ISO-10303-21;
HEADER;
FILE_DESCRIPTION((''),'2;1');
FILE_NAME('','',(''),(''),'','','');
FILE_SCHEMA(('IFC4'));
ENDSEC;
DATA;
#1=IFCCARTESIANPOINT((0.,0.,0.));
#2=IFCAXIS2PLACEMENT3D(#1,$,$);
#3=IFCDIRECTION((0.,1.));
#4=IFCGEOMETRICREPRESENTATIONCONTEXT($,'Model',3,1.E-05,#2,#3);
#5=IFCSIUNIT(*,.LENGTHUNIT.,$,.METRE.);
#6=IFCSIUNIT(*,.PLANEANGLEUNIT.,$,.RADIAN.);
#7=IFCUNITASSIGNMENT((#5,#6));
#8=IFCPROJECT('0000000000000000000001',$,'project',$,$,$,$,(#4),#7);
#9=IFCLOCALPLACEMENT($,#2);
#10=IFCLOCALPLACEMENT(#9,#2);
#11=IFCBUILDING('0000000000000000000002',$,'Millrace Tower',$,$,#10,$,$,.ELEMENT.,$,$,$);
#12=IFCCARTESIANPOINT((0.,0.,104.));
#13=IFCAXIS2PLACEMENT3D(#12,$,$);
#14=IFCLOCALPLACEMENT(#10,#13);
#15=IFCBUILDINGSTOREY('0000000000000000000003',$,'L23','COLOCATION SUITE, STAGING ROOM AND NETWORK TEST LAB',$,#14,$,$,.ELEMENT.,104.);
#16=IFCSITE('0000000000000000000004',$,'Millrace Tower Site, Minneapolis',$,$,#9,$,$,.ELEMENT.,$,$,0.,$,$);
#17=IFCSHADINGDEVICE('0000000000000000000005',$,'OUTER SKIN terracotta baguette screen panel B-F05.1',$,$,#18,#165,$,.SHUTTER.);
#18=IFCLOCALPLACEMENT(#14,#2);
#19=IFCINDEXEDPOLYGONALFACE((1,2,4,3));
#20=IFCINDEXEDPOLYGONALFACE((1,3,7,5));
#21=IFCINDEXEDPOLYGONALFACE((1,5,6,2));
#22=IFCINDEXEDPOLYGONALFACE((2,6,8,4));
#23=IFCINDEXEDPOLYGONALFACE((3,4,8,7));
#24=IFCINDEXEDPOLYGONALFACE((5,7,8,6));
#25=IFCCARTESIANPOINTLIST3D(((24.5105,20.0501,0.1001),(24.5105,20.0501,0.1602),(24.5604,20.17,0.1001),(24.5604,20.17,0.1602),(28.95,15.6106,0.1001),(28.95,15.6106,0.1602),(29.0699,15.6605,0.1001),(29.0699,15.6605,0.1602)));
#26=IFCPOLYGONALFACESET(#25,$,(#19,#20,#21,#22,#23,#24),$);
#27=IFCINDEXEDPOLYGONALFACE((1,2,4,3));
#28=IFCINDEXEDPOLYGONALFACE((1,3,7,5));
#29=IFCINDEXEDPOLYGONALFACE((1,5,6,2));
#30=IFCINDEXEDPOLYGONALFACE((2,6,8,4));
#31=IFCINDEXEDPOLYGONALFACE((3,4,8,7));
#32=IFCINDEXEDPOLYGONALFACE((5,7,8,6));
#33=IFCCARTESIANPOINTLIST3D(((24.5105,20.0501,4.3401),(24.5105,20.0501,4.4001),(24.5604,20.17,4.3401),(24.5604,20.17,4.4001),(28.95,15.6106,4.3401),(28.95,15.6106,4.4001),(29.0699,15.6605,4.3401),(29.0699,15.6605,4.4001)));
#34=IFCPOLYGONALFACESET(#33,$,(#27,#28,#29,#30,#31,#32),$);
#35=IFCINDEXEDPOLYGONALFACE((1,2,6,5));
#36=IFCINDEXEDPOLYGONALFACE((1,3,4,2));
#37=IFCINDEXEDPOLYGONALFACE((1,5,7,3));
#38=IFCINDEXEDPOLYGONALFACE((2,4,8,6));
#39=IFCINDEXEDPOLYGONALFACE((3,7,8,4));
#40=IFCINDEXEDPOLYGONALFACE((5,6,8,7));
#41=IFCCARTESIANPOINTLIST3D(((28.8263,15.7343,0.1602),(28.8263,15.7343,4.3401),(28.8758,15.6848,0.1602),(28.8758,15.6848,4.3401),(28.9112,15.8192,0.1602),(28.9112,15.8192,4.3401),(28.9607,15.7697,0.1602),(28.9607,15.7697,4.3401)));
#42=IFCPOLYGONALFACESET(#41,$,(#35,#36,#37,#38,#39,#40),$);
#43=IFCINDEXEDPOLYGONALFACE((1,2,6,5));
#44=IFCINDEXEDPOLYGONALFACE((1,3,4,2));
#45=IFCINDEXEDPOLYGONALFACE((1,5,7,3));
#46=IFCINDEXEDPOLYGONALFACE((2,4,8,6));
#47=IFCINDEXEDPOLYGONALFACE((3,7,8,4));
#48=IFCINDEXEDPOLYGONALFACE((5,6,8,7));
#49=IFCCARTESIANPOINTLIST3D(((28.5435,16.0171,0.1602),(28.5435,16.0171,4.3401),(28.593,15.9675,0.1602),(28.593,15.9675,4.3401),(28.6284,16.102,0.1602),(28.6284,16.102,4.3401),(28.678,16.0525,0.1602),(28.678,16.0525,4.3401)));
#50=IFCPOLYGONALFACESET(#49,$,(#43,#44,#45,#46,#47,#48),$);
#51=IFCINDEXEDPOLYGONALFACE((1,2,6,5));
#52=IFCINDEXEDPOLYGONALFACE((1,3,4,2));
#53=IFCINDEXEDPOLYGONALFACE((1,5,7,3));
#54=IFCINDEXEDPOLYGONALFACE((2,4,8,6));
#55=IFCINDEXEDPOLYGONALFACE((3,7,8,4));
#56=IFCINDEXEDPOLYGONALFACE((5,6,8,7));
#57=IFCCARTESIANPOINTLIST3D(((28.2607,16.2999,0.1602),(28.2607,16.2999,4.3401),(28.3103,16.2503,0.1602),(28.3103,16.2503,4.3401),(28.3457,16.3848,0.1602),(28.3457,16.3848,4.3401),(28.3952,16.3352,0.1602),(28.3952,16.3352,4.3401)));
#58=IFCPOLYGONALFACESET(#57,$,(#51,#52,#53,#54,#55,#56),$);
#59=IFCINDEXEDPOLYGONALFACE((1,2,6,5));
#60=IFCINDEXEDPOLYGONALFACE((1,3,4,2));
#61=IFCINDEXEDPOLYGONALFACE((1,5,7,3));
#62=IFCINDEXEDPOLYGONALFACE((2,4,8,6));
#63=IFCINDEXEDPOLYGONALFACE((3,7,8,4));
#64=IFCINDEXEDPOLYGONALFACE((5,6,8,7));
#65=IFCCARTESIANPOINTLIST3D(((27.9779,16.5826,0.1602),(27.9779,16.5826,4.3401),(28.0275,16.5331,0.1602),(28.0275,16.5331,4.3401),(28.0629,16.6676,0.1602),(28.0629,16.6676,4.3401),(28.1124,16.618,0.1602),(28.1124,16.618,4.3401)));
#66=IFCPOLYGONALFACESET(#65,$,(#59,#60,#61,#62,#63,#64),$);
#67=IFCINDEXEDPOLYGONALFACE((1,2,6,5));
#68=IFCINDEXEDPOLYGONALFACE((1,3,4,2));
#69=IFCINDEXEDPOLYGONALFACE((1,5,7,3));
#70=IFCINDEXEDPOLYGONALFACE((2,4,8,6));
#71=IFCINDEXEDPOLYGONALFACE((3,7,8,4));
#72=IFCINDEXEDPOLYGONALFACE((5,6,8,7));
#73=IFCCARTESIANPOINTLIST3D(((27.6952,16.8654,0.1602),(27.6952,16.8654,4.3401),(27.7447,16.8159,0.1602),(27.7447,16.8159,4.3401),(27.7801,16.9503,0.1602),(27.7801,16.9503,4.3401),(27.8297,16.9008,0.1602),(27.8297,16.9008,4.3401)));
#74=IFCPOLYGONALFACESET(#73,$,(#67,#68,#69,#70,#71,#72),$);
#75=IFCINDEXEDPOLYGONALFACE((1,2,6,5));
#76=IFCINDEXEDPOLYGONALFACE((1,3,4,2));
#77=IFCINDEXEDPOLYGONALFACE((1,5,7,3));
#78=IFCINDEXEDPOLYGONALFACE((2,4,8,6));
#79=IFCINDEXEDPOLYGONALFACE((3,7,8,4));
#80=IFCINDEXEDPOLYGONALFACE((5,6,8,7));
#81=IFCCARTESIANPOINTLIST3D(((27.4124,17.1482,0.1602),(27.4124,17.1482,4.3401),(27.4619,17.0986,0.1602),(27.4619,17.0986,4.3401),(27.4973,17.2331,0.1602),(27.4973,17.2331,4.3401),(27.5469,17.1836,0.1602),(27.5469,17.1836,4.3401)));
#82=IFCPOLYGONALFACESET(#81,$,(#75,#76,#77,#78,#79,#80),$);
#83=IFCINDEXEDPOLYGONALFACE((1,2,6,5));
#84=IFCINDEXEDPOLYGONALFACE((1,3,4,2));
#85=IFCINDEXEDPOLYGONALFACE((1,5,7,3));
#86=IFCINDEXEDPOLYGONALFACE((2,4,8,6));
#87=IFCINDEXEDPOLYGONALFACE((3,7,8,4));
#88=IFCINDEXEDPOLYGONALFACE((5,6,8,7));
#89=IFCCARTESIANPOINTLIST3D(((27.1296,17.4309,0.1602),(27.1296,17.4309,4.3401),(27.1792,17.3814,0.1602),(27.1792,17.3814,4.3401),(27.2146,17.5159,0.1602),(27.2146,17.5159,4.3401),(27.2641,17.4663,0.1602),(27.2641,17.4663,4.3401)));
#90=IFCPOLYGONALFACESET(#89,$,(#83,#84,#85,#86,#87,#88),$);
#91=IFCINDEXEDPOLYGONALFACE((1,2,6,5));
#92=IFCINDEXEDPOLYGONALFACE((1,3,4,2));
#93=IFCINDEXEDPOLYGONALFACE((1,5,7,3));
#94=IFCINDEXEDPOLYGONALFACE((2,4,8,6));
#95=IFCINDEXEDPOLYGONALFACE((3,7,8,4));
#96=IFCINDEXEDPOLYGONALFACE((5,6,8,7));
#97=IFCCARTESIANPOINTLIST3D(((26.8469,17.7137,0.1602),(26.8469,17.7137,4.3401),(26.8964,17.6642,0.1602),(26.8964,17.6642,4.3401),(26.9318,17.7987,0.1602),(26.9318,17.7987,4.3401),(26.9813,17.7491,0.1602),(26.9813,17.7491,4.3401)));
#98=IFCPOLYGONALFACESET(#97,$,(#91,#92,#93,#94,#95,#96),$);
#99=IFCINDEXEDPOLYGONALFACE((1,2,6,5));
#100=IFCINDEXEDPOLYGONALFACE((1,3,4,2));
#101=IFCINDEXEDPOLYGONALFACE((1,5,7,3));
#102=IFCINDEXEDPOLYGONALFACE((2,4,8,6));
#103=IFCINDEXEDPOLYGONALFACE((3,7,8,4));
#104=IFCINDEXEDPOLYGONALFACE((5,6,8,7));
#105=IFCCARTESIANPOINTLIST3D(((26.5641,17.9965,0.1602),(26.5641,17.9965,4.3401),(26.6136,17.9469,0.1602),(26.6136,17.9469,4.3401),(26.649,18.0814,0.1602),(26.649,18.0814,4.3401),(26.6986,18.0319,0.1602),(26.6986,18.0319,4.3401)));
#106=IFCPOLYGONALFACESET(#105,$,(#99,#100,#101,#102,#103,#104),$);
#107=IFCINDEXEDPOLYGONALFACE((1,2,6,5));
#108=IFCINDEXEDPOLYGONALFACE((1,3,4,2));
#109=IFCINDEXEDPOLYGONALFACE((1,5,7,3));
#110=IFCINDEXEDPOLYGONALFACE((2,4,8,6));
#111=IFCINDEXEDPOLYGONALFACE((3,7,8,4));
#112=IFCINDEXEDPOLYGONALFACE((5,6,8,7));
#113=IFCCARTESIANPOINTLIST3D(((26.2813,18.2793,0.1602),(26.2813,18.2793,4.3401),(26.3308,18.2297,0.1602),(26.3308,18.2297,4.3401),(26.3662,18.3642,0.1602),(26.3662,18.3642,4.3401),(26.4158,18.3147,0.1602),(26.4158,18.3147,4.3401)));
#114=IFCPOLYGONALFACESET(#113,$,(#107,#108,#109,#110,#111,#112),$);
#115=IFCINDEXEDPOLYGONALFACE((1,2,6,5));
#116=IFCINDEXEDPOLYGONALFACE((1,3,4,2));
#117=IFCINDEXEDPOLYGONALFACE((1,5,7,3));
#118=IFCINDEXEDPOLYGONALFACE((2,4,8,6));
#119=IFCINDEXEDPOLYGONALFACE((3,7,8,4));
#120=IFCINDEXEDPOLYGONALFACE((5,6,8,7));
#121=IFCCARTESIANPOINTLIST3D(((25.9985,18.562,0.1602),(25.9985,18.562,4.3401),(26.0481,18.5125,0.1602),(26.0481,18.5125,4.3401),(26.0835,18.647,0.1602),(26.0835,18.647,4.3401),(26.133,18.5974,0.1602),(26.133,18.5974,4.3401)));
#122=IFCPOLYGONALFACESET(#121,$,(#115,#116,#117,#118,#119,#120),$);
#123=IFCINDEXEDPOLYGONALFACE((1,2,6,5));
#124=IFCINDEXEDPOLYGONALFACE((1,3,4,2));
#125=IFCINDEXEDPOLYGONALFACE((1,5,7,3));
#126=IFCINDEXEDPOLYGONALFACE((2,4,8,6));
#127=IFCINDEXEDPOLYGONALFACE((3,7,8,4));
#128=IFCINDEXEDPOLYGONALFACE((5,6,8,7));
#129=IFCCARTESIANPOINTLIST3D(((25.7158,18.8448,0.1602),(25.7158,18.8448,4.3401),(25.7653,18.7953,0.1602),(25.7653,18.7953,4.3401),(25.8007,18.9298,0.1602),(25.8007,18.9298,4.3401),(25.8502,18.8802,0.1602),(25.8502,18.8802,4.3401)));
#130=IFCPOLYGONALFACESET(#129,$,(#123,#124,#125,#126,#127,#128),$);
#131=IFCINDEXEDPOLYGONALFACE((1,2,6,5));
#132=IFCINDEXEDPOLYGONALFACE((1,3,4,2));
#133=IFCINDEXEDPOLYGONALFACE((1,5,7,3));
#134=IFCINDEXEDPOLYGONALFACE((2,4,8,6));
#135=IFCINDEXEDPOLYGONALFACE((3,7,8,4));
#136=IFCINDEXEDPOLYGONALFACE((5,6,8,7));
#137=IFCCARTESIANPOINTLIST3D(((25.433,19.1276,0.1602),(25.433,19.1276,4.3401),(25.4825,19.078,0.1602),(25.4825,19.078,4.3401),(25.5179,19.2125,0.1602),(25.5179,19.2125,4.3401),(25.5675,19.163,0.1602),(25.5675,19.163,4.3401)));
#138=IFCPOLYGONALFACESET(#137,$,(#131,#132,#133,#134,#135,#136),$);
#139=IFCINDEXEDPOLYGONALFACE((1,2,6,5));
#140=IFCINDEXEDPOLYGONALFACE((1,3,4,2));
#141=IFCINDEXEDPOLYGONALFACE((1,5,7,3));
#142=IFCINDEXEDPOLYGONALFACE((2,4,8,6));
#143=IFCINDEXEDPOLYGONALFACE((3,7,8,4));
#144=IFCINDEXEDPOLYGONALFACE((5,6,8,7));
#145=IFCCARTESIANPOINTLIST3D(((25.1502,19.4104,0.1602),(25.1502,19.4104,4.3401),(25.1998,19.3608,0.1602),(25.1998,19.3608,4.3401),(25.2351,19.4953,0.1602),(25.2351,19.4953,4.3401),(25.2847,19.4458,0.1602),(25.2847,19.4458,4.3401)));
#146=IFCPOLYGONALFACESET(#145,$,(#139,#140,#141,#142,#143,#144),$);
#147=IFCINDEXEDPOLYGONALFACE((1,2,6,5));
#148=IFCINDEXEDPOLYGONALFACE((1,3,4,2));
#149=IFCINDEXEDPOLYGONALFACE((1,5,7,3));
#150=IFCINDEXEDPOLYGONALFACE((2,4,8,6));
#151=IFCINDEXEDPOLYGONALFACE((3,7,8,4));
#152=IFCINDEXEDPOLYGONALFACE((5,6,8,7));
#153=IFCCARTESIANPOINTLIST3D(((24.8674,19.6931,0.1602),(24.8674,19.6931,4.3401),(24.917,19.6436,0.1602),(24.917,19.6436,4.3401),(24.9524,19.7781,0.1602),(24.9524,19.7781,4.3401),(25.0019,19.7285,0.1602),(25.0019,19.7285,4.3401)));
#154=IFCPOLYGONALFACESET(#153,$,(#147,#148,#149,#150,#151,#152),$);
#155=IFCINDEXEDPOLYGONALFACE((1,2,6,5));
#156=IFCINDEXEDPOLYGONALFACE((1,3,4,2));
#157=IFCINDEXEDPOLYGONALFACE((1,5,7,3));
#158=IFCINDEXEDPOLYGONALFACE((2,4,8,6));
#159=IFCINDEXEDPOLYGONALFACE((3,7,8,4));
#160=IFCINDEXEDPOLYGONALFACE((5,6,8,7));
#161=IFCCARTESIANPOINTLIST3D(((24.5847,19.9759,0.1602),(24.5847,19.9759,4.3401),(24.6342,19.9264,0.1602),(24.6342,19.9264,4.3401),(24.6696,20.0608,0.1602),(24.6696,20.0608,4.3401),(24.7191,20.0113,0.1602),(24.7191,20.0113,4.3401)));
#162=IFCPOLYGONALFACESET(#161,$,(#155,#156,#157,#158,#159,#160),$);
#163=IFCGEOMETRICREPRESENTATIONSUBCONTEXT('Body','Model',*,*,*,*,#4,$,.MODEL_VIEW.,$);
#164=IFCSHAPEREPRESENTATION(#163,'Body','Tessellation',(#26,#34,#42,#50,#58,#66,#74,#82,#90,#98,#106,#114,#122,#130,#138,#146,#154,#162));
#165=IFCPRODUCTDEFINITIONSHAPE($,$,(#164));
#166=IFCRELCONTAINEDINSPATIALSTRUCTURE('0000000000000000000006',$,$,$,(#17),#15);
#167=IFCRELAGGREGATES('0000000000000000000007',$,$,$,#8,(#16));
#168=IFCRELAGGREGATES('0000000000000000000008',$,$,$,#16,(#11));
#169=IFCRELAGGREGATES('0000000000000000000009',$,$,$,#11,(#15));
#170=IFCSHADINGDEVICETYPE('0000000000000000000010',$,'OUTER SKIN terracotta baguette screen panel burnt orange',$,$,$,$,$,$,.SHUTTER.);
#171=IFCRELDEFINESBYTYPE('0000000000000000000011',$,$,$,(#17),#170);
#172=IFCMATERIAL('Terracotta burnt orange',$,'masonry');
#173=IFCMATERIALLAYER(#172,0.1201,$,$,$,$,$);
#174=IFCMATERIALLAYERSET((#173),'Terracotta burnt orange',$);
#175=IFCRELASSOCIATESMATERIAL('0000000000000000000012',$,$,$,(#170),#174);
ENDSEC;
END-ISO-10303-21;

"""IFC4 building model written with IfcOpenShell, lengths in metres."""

from ifc_helpers import new_model, entity, si_unit, direction, frame, frame_2d, origin, place, context, subcontext, project, spatial, rectangle, extrude, source, transform, mapped, material, layer, layer_set, type_object, element, save


model = new_model("IFC4")

# Units and contexts
model_context = context("Model", 3, precision=1e-05, world=origin(), true_north=direction((0.0, 1.0)))
body_context = subcontext(model_context, "Body", "Model", "MODEL_VIEW")
ifc_project = project(units=[si_unit("LENGTHUNIT", "METRE"), si_unit("PLANEANGLEUNIT", "RADIAN")], contexts=[model_context])

# Site, building, storey
site_placement = place(None, origin())
site = spatial("IfcSite", under=ifc_project, at=site_placement, Name="Millrace Tower Site, Minneapolis", CompositionType="ELEMENT", RefElevation=0.0)
building_placement = place(site_placement, origin())
building = spatial("IfcBuilding", under=site, at=building_placement, Name="Millrace Tower", CompositionType="ELEMENT")
storey_placement = place(building_placement, frame((0.0, 0.0, 104.0)))
storey = spatial("IfcBuildingStorey", under=building, at=storey_placement, Name="L23", Description="COLOCATION SUITE, STAGING ROOM AND NETWORK TEST LAB", CompositionType="ELEMENT", Elevation=104.0)

# Shading device
ifc_material_1 = material(Name="Terracotta burnt orange", Category="masonry")
ifc_layer_1 = layer(ifc_material_1, 0.1201)
ifc_layer_set_1 = layer_set([ifc_layer_1], Name="Terracotta burnt orange")
shading_device_type = type_object("IfcShadingDeviceType", Name="OUTER SKIN terracotta baguette screen panel burnt orange", PredefinedType="SHUTTER", material=ifc_layer_set_1)
cartesian_point_1 = entity("IfcCartesianPoint", [-3.1392, 0.0601])
shared_polyline_1 = entity("IfcPolyline", [cartesian_point_1, entity("IfcCartesianPoint", [3.1392, 0.0601]), entity("IfcCartesianPoint", [3.1887, -0.0601]), entity("IfcCartesianPoint", [-3.1887, -0.0601]), cartesian_point_1])
shared_shape_1 = source(origin(), body_context, "Body", "SweptSolid", [
    entity("IfcExtrudedAreaSolid", entity("IfcArbitraryClosedProfileDef", "AREA", None, shared_polyline_1), entity("IfcAxis2Placement3D", entity("IfcCartesianPoint", [0.0, 0.0, 0.0])), entity("IfcDirection", [0.0, 0.0, 1.0]), 0.0601),
    entity("IfcExtrudedAreaSolid", entity("IfcArbitraryClosedProfileDef", "AREA", None, shared_polyline_1), entity("IfcAxis2Placement3D", entity("IfcCartesianPoint", [0.0, 0.0, 4.24])), entity("IfcDirection", [0.0, 0.0, 1.0]), 0.0601),
    extrude(rectangle(XDim=0.0701, YDim=0.1201, at=frame_2d((-2.9993, 0.0))), frame((0.0, 0.0, 0.0601)), (0.0, 0.0, 1.0), 4.1799),
    extrude(rectangle(XDim=0.0701, YDim=0.1201, at=frame_2d((-2.5994, 0.0))), frame((0.0, 0.0, 0.0601)), (0.0, 0.0, 1.0), 4.1799),
    extrude(rectangle(XDim=0.0701, YDim=0.1201, at=frame_2d((-2.1995, 0.0))), frame((0.0, 0.0, 0.0601)), (0.0, 0.0, 1.0), 4.1799),
    extrude(rectangle(XDim=0.0701, YDim=0.1201, at=frame_2d((-1.7996, 0.0))), frame((0.0, 0.0, 0.0601)), (0.0, 0.0, 1.0), 4.1799),
    extrude(rectangle(XDim=0.0701, YDim=0.1201, at=frame_2d((-1.3997, 0.0))), frame((0.0, 0.0, 0.0601)), (0.0, 0.0, 1.0), 4.1799),
    extrude(rectangle(XDim=0.0701, YDim=0.1201, at=frame_2d((-0.9998, 0.0))), frame((0.0, 0.0, 0.0601)), (0.0, 0.0, 1.0), 4.1799),
    extrude(rectangle(XDim=0.0701, YDim=0.1201, at=frame_2d((-0.5999, 0.0))), frame((0.0, 0.0, 0.0601)), (0.0, 0.0, 1.0), 4.1799),
    extrude(rectangle(XDim=0.0701, YDim=0.1201, at=frame_2d((-0.2, 0.0))), frame((0.0, 0.0, 0.0601)), (0.0, 0.0, 1.0), 4.1799),
    extrude(rectangle(XDim=0.0701, YDim=0.1201, at=frame_2d((0.2, 0.0))), frame((0.0, 0.0, 0.0601)), (0.0, 0.0, 1.0), 4.1799),
    extrude(rectangle(XDim=0.0701, YDim=0.1201, at=frame_2d((0.5999, 0.0))), frame((0.0, 0.0, 0.0601)), (0.0, 0.0, 1.0), 4.1799),
    extrude(rectangle(XDim=0.0701, YDim=0.1201, at=frame_2d((0.9998, 0.0))), frame((0.0, 0.0, 0.0601)), (0.0, 0.0, 1.0), 4.1799),
    extrude(rectangle(XDim=0.0701, YDim=0.1201, at=frame_2d((1.3997, 0.0))), frame((0.0, 0.0, 0.0601)), (0.0, 0.0, 1.0), 4.1799),
    extrude(rectangle(XDim=0.0701, YDim=0.1201, at=frame_2d((1.7996, 0.0))), frame((0.0, 0.0, 0.0601)), (0.0, 0.0, 1.0), 4.1799),
    extrude(rectangle(XDim=0.0701, YDim=0.1201, at=frame_2d((2.1995, 0.0))), frame((0.0, 0.0, 0.0601)), (0.0, 0.0, 1.0), 4.1799),
    extrude(rectangle(XDim=0.0701, YDim=0.1201, at=frame_2d((2.5994, 0.0))), frame((0.0, 0.0, 0.0601)), (0.0, 0.0, 1.0), 4.1799),
    extrude(rectangle(XDim=0.0701, YDim=0.1201, at=frame_2d((2.9993, 0.0))), frame((0.0, 0.0, 0.0601)), (0.0, 0.0, 1.0), 4.1799),
])
shading_device_1_placement = place(storey_placement, frame((26.7727, 17.8728, 0.1001), z_axis=(0.0, 0.0, 1.0), x_axis=(-0.707107, 0.707107, 0.0)))
element("IfcShadingDevice", 1, at=shading_device_1_placement, inside=storey, type_object=shading_device_type, Name="OUTER SKIN terracotta baguette screen panel B-F05.1", PredefinedType="SHUTTER", context=body_context, shape_type="MappedRepresentation", body=[
    mapped(shared_shape_1, transform((0.0, 0.0, 0.0), scale=1.0)),
])

save(model, "model.ifc")
